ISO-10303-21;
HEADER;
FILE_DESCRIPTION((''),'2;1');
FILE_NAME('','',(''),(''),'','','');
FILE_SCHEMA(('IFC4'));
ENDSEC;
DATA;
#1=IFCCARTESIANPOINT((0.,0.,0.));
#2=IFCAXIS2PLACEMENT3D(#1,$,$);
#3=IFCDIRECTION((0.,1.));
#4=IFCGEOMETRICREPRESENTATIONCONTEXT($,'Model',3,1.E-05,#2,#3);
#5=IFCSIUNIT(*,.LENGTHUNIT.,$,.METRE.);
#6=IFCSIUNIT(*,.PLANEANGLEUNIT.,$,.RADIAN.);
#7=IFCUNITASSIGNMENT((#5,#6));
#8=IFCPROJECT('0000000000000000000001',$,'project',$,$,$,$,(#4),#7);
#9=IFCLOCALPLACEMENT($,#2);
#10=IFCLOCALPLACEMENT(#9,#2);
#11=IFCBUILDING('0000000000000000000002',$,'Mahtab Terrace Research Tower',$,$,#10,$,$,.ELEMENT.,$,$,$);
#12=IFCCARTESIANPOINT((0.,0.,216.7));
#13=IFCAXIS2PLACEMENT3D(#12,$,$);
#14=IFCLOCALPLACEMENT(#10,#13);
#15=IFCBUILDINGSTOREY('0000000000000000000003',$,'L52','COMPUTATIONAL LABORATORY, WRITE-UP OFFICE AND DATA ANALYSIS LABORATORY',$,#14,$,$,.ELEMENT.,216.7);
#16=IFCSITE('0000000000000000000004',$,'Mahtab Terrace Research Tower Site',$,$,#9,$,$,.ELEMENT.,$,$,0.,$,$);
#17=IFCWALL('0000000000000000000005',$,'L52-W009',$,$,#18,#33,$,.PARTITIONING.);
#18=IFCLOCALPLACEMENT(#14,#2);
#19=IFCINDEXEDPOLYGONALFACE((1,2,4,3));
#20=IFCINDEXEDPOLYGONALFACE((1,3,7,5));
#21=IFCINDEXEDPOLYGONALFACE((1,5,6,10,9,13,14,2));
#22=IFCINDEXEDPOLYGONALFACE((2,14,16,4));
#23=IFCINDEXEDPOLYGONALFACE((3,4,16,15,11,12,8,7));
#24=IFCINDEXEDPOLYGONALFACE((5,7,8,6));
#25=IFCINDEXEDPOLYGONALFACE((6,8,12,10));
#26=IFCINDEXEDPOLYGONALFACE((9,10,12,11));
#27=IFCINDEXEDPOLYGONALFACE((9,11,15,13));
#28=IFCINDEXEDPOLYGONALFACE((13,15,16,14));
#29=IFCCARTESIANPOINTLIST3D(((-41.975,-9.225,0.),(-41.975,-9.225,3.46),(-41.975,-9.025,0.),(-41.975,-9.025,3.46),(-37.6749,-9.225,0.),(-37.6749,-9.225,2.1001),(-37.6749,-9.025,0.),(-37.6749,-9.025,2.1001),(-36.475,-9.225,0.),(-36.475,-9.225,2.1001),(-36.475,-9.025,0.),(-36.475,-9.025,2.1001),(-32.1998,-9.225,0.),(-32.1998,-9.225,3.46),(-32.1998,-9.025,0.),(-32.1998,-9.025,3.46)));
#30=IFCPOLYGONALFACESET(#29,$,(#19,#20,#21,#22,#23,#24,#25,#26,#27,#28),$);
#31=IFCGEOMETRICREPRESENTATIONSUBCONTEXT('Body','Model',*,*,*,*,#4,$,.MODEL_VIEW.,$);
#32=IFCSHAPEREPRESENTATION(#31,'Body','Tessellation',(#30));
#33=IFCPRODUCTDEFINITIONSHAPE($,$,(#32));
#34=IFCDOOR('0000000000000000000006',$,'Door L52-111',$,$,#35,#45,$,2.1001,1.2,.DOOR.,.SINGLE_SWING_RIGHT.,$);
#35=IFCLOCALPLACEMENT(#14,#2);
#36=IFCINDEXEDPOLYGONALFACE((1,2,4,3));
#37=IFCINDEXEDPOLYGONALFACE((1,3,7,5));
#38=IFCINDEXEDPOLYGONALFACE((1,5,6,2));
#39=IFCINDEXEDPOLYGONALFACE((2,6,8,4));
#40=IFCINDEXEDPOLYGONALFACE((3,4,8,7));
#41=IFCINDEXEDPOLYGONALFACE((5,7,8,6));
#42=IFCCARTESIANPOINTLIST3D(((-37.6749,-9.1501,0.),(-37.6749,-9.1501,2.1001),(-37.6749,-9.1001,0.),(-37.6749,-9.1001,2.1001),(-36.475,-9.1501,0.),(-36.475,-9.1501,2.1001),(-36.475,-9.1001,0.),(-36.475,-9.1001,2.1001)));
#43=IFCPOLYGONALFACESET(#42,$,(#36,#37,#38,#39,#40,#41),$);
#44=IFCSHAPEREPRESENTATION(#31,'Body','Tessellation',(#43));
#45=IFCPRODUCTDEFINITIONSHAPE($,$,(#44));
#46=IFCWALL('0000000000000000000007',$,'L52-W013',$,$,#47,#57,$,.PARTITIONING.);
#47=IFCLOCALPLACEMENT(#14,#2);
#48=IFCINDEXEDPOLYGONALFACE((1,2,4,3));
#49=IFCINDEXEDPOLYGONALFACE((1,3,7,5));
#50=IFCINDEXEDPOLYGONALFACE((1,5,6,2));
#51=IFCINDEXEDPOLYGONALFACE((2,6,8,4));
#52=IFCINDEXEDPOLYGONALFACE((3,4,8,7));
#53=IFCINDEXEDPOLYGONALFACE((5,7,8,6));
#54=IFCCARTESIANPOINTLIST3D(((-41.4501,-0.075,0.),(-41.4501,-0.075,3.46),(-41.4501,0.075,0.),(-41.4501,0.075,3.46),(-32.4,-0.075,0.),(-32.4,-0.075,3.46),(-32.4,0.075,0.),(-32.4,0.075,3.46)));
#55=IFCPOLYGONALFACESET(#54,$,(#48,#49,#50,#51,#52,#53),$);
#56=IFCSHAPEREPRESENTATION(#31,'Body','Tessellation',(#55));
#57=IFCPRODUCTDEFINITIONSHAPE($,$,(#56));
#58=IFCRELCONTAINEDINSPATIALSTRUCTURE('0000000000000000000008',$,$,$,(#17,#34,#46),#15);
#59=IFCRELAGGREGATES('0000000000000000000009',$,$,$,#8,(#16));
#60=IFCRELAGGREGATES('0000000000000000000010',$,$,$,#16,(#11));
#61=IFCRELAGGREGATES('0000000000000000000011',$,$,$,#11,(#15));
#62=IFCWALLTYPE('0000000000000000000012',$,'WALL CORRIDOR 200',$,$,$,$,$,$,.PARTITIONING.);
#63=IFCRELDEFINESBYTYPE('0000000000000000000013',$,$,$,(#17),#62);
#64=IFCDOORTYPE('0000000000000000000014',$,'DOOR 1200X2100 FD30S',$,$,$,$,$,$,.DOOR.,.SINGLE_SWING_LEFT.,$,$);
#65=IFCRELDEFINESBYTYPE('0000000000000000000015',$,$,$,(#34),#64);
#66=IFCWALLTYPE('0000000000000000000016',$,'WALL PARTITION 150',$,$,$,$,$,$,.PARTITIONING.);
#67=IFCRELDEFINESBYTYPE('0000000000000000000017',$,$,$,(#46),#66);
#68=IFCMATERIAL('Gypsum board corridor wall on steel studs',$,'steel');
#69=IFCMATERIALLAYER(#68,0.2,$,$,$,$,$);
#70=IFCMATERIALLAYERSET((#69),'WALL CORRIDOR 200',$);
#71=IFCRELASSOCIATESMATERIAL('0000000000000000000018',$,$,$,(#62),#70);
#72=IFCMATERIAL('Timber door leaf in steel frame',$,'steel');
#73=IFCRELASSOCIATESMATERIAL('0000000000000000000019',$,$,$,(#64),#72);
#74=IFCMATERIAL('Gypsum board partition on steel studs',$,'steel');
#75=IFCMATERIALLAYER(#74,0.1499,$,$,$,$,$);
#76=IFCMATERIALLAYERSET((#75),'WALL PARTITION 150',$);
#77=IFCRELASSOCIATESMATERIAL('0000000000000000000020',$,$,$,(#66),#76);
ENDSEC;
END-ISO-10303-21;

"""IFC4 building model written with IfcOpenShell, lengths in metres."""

from ifc_helpers import new_model, si_unit, direction, frame, frame_2d, origin, place, context, subcontext, project, spatial, rectangle, extrude, material, layer, layer_set, type_object, element, fill, save


model = new_model("IFC4")

# Units and contexts
model_context = context("Model", 3, precision=1e-05, world=origin(), true_north=direction((0.0, 1.0)))
body_context = subcontext(model_context, "Body", "Model", "MODEL_VIEW")
ifc_project = project(units=[si_unit("LENGTHUNIT", "METRE"), si_unit("PLANEANGLEUNIT", "RADIAN")], contexts=[model_context])

# Site, building, storey
site_placement = place(None, origin())
site = spatial("IfcSite", under=ifc_project, at=site_placement, Name="Mahtab Terrace Research Tower Site", CompositionType="ELEMENT", RefElevation=0.0)
building_placement = place(site_placement, origin())
building = spatial("IfcBuilding", under=site, at=building_placement, Name="Mahtab Terrace Research Tower", CompositionType="ELEMENT")
storey_placement = place(building_placement, frame((0.0, 0.0, 216.7)))
storey = spatial("IfcBuildingStorey", under=building, at=storey_placement, Name="L52", Description="COMPUTATIONAL LABORATORY, WRITE-UP OFFICE AND DATA ANALYSIS LABORATORY", CompositionType="ELEMENT", Elevation=216.7)

# Wall, opening, door
ifc_material_1 = material(Name="Gypsum board corridor wall on steel studs", Category="steel")
ifc_layer_1 = layer(ifc_material_1, 0.2)
ifc_layer_set_1 = layer_set([ifc_layer_1], Name="WALL CORRIDOR 200")
wall_type_1 = type_object("IfcWallType", Name="WALL CORRIDOR 200", PredefinedType="PARTITIONING", material=ifc_layer_set_1)
wall_1_placement = place(storey_placement, frame((-41.9751, -9.125, 0.0), z_axis=(0.0, 0.0, 1.0), x_axis=(1.0, 0.0, 0.0)))
wall_1 = element("IfcWall", 1, at=wall_1_placement, inside=storey, type_object=wall_type_1, Name="L52-W009", PredefinedType="PARTITIONING", context=body_context, shape_type="SweptSolid", body=[
    extrude(rectangle(XDim=9.7751, YDim=0.2, at=frame_2d((4.8877, 0.0))), origin(), (0.0, 0.0, 1.0), 3.46),
])
opening_placement = place(wall_1_placement, frame((4.3, 0.0, 0.0)))
opening = element("IfcOpeningElement", 2, at=opening_placement, cuts=wall_1, PredefinedType="OPENING", context=body_context, shape_type="SweptSolid", body=[
    extrude(rectangle(XDim=1.2, YDim=2.1001, at=frame_2d((0.6001, 1.05))), frame((0.0, 0.1099, 0.0), z_axis=(0.0, -1.0, 0.0), x_axis=(1.0, 0.0, 0.0)), (0.0, 0.0, 1.0), 0.22),
])
ifc_material_2 = material(Name="Timber door leaf in steel frame", Category="steel")
door_type = type_object("IfcDoorType", Name="DOOR 1200X2100 FD30S", OperationType="SINGLE_SWING_LEFT", PredefinedType="DOOR", material=ifc_material_2)
door_placement = place(opening_placement, origin())
door = element("IfcDoor", 3, at=door_placement, inside=storey, type_object=door_type, Name="Door L52-111", OperationType="SINGLE_SWING_RIGHT", OverallHeight=2.1001, OverallWidth=1.2, PredefinedType="DOOR", context=body_context, shape_type="SweptSolid", body=[
    extrude(rectangle(XDim=1.2, YDim=2.1001, at=frame_2d((0.6001, 1.05))), frame((0.0, 0.0249, 0.0), z_axis=(0.0, -1.0, 0.0), x_axis=(1.0, 0.0, 0.0)), (0.0, 0.0, 1.0), 0.05),
])
fill(opening, door)

# Wall
ifc_material_3 = material(Name="Gypsum board partition on steel studs", Category="steel")
ifc_layer_2 = layer(ifc_material_3, 0.1499)
ifc_layer_set_2 = layer_set([ifc_layer_2], Name="WALL PARTITION 150")
wall_type_2 = type_object("IfcWallType", Name="WALL PARTITION 150", PredefinedType="PARTITIONING", material=ifc_layer_set_2)
wall_2_placement = place(storey_placement, frame((-41.45, 0.0, 0.0), z_axis=(0.0, 0.0, 1.0), x_axis=(1.0, 0.0, 0.0)))
element("IfcWall", 4, at=wall_2_placement, inside=storey, type_object=wall_type_2, Name="L52-W013", PredefinedType="PARTITIONING", context=body_context, shape_type="SweptSolid", body=[
    extrude(rectangle(XDim=9.05, YDim=0.1499, at=frame_2d((4.5249, 0.0))), origin(), (0.0, 0.0, 1.0), 3.46),
])

save(model, "model.ifc")
